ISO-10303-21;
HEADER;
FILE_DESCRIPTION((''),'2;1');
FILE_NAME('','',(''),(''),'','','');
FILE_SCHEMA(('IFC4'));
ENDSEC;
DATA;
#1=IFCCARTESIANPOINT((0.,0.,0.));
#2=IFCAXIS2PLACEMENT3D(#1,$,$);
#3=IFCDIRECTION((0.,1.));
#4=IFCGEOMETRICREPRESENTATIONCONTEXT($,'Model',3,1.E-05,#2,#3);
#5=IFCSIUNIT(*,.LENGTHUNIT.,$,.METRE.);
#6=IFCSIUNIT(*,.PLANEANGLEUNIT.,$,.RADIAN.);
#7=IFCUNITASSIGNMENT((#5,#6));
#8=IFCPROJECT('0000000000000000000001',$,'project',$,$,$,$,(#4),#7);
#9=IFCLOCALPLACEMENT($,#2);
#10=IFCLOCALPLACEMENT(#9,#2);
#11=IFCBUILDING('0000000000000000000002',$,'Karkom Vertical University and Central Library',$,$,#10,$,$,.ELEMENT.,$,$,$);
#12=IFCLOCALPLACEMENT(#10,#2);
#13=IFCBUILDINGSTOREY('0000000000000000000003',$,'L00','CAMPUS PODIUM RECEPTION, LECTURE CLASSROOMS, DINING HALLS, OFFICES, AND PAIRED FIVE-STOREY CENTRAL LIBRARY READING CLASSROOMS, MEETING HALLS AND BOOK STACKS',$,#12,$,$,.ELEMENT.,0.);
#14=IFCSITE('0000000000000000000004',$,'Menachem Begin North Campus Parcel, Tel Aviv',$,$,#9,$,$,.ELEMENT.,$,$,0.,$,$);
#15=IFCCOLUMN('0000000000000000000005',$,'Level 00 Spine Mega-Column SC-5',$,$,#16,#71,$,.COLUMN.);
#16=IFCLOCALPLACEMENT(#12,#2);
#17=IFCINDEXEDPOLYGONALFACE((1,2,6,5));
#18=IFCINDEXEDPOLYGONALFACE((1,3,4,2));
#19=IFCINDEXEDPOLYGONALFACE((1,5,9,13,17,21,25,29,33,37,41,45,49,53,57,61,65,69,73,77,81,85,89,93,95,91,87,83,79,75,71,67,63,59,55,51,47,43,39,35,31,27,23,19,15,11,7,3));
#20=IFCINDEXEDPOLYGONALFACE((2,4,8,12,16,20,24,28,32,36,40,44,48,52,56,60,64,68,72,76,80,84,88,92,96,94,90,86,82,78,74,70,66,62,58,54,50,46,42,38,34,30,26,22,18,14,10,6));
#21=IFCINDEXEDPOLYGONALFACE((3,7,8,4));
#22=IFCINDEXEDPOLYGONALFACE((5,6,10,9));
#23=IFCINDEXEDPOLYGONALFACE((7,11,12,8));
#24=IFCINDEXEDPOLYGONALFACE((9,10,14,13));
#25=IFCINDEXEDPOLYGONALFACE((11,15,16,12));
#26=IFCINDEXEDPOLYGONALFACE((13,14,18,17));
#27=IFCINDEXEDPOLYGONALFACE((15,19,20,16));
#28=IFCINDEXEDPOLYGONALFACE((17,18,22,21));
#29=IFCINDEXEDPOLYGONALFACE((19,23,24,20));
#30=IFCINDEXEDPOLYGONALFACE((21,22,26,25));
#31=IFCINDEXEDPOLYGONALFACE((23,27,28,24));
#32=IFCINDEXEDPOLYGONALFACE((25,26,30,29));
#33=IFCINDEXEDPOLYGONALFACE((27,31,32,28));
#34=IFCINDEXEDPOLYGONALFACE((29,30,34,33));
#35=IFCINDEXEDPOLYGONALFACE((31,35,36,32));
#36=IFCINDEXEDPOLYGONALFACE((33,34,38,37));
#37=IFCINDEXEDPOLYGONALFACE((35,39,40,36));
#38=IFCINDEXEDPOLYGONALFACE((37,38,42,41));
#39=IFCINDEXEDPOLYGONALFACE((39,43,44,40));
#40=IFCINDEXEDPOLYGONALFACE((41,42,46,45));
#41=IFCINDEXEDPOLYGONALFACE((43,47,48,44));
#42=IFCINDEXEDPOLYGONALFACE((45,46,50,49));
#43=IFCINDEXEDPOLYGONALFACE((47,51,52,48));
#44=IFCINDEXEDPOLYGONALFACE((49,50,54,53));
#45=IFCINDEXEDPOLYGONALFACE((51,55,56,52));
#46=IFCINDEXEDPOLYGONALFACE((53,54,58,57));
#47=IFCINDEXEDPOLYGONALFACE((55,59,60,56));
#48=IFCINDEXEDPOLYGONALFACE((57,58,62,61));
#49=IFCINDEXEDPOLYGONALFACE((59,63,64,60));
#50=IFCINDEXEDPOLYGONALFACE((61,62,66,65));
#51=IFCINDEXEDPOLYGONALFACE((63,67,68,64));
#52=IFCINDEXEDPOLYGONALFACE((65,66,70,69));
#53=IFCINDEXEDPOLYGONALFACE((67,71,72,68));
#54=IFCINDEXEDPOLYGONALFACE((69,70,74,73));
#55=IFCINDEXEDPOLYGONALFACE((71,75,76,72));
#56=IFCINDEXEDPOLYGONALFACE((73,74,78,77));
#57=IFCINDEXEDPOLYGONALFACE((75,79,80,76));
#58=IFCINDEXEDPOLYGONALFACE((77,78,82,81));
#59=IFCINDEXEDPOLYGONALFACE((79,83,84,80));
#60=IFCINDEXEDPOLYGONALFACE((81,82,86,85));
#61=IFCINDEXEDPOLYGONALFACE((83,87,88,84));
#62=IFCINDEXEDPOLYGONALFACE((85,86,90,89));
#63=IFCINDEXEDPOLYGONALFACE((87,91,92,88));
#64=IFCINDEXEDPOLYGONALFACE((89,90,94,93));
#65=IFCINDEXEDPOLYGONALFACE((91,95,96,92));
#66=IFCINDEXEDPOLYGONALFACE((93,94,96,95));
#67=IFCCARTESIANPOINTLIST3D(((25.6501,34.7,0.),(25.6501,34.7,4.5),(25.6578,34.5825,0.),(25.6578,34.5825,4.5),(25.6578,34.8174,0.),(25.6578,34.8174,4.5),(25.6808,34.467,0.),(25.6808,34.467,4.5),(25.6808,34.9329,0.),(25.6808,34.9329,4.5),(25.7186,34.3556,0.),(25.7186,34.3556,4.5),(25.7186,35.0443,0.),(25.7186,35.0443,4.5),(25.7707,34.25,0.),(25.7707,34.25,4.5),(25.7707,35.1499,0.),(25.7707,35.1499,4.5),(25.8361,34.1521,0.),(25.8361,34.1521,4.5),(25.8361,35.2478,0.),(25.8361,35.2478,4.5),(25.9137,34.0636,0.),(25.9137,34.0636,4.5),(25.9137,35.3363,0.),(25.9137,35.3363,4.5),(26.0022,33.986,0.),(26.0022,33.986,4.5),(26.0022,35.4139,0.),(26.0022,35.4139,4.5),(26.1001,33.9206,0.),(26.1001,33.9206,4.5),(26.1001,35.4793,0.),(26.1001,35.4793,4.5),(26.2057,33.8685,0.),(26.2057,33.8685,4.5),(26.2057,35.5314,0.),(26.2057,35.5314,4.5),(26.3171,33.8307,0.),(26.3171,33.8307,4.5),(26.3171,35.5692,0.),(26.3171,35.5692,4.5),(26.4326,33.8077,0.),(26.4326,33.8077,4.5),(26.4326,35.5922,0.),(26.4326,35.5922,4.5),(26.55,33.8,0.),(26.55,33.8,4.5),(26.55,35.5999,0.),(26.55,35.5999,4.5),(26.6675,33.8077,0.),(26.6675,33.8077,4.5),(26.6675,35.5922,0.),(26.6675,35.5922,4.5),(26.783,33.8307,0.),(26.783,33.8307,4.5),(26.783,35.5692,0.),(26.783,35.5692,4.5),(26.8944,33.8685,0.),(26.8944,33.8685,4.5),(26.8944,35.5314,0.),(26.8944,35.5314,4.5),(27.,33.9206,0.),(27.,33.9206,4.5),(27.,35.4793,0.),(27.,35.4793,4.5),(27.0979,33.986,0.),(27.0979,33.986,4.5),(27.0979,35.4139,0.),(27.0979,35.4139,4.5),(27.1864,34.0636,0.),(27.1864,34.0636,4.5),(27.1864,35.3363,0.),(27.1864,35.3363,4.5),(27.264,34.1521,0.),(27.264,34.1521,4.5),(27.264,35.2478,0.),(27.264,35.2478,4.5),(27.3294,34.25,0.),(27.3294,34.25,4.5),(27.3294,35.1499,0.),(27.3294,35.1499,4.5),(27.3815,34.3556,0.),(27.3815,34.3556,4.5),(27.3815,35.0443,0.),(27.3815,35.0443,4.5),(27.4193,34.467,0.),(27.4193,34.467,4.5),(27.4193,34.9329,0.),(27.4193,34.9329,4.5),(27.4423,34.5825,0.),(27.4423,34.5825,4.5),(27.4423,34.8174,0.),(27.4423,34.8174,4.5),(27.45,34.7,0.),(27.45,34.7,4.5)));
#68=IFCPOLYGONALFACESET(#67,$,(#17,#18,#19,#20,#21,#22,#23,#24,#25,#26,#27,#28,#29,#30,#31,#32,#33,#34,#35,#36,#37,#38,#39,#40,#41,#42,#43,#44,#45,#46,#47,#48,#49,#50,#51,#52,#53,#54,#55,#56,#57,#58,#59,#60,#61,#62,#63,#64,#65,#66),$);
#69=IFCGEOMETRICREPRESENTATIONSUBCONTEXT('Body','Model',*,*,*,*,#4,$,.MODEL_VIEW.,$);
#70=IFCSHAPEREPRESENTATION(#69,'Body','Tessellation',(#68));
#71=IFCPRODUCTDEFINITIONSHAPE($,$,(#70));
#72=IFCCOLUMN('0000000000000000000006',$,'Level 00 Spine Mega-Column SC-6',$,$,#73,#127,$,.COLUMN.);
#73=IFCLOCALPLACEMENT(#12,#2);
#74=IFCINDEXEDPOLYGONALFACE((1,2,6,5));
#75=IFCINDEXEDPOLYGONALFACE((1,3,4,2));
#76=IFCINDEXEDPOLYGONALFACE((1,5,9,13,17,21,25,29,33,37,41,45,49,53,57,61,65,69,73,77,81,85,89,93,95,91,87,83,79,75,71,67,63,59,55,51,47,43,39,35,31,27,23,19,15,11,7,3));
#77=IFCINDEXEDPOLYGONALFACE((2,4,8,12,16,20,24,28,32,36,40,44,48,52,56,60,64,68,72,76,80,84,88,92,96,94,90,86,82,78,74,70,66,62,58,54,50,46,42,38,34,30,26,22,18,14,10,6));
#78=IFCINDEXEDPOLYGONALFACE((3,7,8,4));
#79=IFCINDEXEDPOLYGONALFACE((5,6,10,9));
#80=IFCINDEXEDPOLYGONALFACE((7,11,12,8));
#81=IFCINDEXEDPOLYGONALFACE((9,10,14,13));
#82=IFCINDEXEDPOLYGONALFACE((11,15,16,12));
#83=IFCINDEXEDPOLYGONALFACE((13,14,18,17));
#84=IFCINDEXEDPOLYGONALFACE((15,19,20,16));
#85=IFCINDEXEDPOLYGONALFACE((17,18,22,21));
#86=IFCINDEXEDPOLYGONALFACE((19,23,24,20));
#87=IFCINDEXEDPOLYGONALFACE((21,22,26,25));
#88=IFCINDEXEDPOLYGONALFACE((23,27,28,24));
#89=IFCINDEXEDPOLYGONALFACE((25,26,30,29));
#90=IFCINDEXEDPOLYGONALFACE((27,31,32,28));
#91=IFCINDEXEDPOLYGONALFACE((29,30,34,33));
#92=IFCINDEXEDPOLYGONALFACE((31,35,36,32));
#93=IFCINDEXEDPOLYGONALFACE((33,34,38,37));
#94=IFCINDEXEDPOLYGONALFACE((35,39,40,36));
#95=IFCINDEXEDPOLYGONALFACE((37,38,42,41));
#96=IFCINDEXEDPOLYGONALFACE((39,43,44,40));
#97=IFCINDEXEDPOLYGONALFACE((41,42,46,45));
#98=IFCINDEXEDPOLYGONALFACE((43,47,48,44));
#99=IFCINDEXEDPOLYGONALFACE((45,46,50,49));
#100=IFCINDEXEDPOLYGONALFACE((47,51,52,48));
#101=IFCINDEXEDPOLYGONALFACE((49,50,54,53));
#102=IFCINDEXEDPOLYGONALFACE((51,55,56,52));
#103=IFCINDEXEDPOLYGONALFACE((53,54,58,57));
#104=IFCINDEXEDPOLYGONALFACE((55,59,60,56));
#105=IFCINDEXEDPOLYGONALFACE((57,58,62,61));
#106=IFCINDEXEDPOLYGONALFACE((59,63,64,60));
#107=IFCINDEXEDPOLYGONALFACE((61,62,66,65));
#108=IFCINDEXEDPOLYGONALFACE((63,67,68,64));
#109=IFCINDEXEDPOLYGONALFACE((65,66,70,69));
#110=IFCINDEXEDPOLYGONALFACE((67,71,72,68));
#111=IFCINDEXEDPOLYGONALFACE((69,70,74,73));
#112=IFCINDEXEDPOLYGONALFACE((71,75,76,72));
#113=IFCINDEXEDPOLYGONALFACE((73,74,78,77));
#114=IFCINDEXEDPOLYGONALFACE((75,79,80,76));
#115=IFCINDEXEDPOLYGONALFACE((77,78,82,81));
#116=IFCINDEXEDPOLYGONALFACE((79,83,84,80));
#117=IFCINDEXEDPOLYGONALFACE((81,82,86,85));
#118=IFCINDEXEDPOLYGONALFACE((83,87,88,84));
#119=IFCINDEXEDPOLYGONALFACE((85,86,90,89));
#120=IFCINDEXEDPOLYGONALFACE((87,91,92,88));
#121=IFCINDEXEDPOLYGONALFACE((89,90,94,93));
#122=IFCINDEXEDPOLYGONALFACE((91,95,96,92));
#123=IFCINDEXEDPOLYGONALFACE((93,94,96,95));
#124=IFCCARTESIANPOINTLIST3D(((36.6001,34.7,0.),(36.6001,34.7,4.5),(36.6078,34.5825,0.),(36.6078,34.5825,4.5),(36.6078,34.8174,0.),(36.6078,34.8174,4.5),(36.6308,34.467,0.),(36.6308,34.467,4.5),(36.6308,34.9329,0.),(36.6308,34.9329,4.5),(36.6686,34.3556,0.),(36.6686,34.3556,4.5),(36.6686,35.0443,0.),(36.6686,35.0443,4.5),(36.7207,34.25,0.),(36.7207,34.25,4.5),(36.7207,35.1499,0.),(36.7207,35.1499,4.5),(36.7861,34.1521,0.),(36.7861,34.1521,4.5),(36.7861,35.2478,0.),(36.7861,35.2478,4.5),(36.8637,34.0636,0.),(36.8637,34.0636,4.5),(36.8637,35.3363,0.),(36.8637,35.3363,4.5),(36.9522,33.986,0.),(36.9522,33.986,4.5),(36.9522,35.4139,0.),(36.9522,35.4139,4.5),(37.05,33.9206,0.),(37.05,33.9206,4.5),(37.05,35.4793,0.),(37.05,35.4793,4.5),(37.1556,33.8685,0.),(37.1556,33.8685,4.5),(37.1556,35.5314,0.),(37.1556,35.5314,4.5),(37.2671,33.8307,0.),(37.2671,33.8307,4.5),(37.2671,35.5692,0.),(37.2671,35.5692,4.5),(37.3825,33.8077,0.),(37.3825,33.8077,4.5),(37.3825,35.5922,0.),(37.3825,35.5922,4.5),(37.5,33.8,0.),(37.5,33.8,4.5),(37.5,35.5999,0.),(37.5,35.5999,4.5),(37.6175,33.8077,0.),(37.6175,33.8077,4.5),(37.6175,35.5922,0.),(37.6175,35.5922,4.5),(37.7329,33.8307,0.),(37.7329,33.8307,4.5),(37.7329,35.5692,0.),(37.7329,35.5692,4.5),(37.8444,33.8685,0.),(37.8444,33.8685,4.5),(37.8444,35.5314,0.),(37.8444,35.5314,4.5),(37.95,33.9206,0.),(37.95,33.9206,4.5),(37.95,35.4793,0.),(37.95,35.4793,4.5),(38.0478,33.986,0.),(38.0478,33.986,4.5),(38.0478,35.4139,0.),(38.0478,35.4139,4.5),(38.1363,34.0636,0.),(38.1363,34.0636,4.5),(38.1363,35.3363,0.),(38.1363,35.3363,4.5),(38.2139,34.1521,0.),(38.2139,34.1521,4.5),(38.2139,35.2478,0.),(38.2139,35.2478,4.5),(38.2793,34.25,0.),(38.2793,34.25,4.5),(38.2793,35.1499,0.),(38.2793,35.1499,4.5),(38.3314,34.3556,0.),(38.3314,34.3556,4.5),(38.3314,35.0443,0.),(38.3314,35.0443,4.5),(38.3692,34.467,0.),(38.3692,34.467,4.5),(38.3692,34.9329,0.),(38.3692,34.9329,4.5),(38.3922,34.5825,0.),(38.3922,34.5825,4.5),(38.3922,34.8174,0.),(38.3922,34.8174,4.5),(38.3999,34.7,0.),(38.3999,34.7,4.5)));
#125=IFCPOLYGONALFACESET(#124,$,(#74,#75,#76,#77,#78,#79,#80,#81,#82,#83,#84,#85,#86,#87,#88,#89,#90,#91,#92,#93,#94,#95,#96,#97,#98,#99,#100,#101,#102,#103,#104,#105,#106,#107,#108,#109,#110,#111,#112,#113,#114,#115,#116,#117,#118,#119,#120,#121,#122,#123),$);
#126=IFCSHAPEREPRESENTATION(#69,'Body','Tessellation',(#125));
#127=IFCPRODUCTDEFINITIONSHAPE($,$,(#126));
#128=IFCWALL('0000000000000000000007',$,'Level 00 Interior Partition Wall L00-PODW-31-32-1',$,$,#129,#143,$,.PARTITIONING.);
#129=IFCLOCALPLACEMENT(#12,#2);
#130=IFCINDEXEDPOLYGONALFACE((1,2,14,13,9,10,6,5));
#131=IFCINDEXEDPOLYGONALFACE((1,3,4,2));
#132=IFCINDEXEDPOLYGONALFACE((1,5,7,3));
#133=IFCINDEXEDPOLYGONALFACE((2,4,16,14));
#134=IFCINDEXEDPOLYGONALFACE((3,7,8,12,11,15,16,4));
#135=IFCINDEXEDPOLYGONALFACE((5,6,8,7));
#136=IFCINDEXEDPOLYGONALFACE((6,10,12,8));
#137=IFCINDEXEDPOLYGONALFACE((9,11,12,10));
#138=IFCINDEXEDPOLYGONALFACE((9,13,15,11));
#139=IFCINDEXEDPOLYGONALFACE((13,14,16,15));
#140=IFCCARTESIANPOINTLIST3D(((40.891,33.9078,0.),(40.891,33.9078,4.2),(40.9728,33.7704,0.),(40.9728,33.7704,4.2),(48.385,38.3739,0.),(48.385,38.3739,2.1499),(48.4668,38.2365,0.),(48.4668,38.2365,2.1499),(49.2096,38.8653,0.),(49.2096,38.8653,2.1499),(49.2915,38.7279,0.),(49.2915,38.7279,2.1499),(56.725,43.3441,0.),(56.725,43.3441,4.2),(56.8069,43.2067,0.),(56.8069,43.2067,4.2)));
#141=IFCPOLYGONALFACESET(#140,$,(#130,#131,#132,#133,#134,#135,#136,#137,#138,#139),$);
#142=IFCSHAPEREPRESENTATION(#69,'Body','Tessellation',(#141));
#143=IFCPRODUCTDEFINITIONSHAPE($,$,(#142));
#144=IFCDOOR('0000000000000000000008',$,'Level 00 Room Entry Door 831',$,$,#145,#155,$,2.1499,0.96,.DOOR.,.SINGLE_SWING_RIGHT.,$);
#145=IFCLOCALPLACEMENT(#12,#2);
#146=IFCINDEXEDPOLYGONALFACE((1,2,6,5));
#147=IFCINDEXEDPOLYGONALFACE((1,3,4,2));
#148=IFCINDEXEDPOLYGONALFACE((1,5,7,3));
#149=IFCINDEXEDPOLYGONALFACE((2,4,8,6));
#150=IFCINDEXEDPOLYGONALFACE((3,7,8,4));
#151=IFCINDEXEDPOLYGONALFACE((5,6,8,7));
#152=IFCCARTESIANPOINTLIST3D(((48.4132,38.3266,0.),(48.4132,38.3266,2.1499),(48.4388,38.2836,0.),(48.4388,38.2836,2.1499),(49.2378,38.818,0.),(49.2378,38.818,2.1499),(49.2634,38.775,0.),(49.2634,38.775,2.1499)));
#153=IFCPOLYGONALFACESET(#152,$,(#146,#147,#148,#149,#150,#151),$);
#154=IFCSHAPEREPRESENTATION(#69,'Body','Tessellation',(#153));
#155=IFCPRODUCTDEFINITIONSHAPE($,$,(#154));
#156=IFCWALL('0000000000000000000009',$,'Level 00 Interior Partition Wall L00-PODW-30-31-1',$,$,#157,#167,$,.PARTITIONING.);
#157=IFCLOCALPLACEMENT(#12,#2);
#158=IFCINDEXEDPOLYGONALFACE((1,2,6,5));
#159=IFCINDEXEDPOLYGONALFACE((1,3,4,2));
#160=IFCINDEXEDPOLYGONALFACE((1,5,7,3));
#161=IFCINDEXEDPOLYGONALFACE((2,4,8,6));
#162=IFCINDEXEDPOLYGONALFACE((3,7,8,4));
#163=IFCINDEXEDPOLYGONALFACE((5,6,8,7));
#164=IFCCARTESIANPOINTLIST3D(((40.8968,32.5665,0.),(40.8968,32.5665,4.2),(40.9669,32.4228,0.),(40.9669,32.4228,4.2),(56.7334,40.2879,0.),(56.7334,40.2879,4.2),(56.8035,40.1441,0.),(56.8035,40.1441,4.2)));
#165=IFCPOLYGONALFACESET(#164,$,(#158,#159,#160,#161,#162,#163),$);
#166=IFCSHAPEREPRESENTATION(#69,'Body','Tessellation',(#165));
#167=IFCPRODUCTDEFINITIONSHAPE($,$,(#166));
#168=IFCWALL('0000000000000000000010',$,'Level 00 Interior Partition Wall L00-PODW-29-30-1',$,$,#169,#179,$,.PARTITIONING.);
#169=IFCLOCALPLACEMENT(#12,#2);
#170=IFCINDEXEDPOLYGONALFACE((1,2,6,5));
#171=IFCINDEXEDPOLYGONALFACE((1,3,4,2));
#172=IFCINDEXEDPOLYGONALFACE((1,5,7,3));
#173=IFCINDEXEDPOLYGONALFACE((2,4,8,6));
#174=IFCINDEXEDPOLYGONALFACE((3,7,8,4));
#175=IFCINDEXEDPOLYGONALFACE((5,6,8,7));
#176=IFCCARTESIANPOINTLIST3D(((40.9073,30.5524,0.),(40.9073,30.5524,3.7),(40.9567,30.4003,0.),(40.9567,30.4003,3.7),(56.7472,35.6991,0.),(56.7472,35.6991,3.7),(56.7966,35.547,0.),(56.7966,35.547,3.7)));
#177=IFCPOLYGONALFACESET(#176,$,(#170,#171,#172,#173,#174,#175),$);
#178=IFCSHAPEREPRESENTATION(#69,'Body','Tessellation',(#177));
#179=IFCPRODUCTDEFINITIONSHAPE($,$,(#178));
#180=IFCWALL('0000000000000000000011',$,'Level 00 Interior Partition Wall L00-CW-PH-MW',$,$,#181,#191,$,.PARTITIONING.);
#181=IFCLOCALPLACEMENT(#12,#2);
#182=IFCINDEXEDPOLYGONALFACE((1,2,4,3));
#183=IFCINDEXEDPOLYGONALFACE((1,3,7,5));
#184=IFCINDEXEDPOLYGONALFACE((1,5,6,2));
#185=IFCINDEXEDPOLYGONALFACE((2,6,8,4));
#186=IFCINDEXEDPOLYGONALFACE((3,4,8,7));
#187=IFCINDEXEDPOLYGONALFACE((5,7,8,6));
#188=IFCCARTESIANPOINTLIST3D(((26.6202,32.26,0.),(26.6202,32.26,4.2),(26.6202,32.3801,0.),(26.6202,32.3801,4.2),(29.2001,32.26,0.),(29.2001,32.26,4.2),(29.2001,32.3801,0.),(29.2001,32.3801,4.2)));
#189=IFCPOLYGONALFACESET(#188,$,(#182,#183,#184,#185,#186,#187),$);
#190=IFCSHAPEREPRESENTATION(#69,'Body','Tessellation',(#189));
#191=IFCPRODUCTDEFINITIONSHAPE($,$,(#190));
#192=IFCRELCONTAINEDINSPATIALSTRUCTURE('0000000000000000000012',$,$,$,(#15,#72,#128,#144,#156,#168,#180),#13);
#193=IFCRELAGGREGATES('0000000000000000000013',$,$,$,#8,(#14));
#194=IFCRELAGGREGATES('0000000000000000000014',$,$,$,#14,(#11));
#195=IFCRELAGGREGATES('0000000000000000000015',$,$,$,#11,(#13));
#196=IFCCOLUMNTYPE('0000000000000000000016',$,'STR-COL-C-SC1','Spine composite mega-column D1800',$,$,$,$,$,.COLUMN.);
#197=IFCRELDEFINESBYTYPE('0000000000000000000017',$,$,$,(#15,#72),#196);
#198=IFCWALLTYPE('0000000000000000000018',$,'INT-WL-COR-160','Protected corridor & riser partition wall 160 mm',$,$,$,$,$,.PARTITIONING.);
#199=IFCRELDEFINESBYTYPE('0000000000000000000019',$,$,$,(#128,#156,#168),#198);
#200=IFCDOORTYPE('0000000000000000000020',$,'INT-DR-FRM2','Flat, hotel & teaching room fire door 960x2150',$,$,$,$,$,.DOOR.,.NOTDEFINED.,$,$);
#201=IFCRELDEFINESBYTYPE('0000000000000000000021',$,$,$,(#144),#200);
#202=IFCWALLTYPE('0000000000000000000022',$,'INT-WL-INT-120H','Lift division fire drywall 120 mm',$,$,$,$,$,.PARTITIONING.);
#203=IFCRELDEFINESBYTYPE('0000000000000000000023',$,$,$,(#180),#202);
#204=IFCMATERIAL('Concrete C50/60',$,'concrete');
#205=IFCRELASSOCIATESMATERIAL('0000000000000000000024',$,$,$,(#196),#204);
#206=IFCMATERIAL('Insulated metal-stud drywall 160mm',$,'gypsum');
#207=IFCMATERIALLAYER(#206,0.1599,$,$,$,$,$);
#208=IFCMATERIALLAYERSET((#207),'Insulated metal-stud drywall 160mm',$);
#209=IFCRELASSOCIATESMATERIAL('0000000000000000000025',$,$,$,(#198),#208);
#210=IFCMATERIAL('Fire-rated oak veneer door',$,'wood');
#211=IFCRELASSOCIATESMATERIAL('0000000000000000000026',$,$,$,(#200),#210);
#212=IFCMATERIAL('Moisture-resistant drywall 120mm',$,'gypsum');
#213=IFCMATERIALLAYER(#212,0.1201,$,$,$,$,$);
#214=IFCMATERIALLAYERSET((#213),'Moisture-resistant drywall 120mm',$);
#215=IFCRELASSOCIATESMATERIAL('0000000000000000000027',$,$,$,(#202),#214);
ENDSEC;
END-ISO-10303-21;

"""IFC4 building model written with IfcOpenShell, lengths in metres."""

from ifc_helpers import new_model, si_unit, direction, frame, frame_2d, origin, origin_with_axes, origin_2d, place, context, subcontext, project, spatial, rectangle, circle, extrude, source, transform, mapped, material, layer, layer_set, material_profile, profile_set, type_object, element, fill, save


model = new_model("IFC4")

# Units and contexts
model_context = context("Model", 3, precision=1e-05, world=origin(), true_north=direction((0.0, 1.0)))
body_context = subcontext(model_context, "Body", "Model", "MODEL_VIEW")
ifc_project = project(units=[si_unit("LENGTHUNIT", "METRE"), si_unit("PLANEANGLEUNIT", "RADIAN")], contexts=[model_context])

# Site, building, storey
site_placement = place(None, origin())
site = spatial("IfcSite", under=ifc_project, at=site_placement, Name="Menachem Begin North Campus Parcel, Tel Aviv", CompositionType="ELEMENT", RefElevation=0.0)
building_placement = place(site_placement, origin())
building = spatial("IfcBuilding", under=site, at=building_placement, Name="Karkom Vertical University and Central Library", CompositionType="ELEMENT")
storey_placement = place(building_placement, origin())
storey = spatial("IfcBuildingStorey", under=building, at=storey_placement, Name="L00", Description="CAMPUS PODIUM RECEPTION, LECTURE CLASSROOMS, DINING HALLS, OFFICES, AND PAIRED FIVE-STOREY CENTRAL LIBRARY READING CLASSROOMS, MEETING HALLS AND BOOK STACKS", CompositionType="ELEMENT", Elevation=0.0)

# Columns
ifc_material_1 = material(Name="Concrete C50/60", Category="concrete")
ifc_material_profile = material_profile(ifc_material_1, circle(Radius=0.8999, at=origin_2d()), Name="CFT-D1800")
ifc_profile_set = profile_set([ifc_material_profile], Name="Concrete C50/60")
column_type = type_object("IfcColumnType", Name="STR-COL-C-SC1", Description="Spine composite mega-column D1800", PredefinedType="COLUMN", material=ifc_profile_set)
shared_shape_1 = source(origin_with_axes(), body_context, "Body", "SweptSolid", [
    extrude(circle(Radius=0.8999, at=origin_2d()), origin(), (0.0, 0.0, 1.0), 4.5),
])
for number, where, z_axis, x_axis, name in (
    (1, (26.55, 34.7, 0.0), (0.0, 0.0, 1.0), (1.0, 0.0, 0.0), "Level 00 Spine Mega-Column SC-5"),
    (2, (37.5, 34.7, 0.0), (0.0, 0.0, 1.0), (1.0, 0.0, 0.0), "Level 00 Spine Mega-Column SC-6"),
):
    element("IfcColumn", number, at=place(storey_placement, frame(where, z_axis=z_axis, x_axis=x_axis)), inside=storey, type_object=column_type, Name=name, PredefinedType="COLUMN", context=body_context, shape_type="MappedRepresentation", body=[
        mapped(shared_shape_1, transform((0.0, 0.0, 0.0), scale=1.0)),
    ])

# Wall, opening, door
ifc_material_2 = material(Name="Insulated metal-stud drywall 160mm", Category="gypsum")
ifc_layer_1 = layer(ifc_material_2, 0.1599)
ifc_layer_set_1 = layer_set([ifc_layer_1], Name="Insulated metal-stud drywall 160mm")
wall_type_1 = type_object("IfcWallType", Name="INT-WL-COR-160", Description="Protected corridor & riser partition wall 160 mm", PredefinedType="PARTITIONING", material=ifc_layer_set_1)
wall_1_placement = place(storey_placement, frame((40.9319, 33.8391, 0.0), z_axis=(0.0, 0.0, 1.0), x_axis=(0.859024, 0.511936, 0.0)))
wall_1 = element("IfcWall", 3, at=wall_1_placement, inside=storey, type_object=wall_type_1, Name="Level 00 Interior Partition Wall L00-PODW-31-32-1", PredefinedType="PARTITIONING", context=body_context, shape_type="SweptSolid", body=[
    extrude(rectangle(XDim=18.4326, YDim=0.1599, at=frame_2d((9.2163, 0.0))), origin(), (0.0, 0.0, 1.0), 4.2),
])
opening_1_placement = place(wall_1_placement, frame((8.7239, 0.0, 0.0)))
opening_1 = element("IfcOpeningElement", 4, at=opening_1_placement, cuts=wall_1, PredefinedType="OPENING", context=body_context, shape_type="SweptSolid", body=[
    extrude(rectangle(XDim=0.96, YDim=2.1499, at=frame_2d((0.48, 1.075))), frame((0.0, 0.0898, 0.0), z_axis=(0.0, -1.0, 0.0), x_axis=(1.0, 0.0, 0.0)), (0.0, 0.0, 1.0), 0.1799),
])
ifc_material_3 = material(Name="Fire-rated oak veneer door", Category="wood")
door_type_1 = type_object("IfcDoorType", Name="INT-DR-FRM2", Description="Flat, hotel & teaching room fire door 960x2150", OperationType="NOTDEFINED", PredefinedType="DOOR", material=ifc_material_3)
shared_shape_2 = source(origin_with_axes(), body_context, "Body", "SweptSolid", [
    extrude(rectangle(XDim=0.96, YDim=2.1499, at=frame_2d((0.48, 1.075))), frame((0.0, 0.0249, 0.0), z_axis=(0.0, -1.0, 0.0), x_axis=(1.0, 0.0, 0.0)), (0.0, 0.0, 1.0), 0.05),
])
door_1_placement = place(opening_1_placement, origin())
door_1 = element("IfcDoor", 5, at=door_1_placement, inside=storey, type_object=door_type_1, Name="Level 00 Room Entry Door 831", OperationType="SINGLE_SWING_RIGHT", OverallHeight=2.1499, OverallWidth=0.96, PredefinedType="DOOR", context=body_context, shape_type="MappedRepresentation", body=[
    mapped(shared_shape_2, transform((0.0, 0.0, 0.0), scale=1.0)),
])
fill(opening_1, door_1)

# Walls
wall_2_placement = place(storey_placement, frame((40.9319, 32.4946, 0.0), z_axis=(0.0, 0.0, 1.0), x_axis=(0.898853, 0.438251, 0.0)))
element("IfcWall", 6, at=wall_2_placement, inside=storey, type_object=wall_type_1, Name="Level 00 Interior Partition Wall L00-PODW-30-31-1", PredefinedType="PARTITIONING", context=body_context, shape_type="SweptSolid", body=[
    extrude(rectangle(XDim=17.6187, YDim=0.1599, at=frame_2d((8.8093, 0.0))), origin(), (0.0, 0.0, 1.0), 4.2),
])
wall_3_placement = place(storey_placement, frame((40.9319, 30.4763, 0.0), z_axis=(0.0, 0.0, 1.0), x_axis=(0.951056, 0.30902, 0.0)))
element("IfcWall", 7, at=wall_3_placement, inside=storey, type_object=wall_type_1, Name="Level 00 Interior Partition Wall L00-PODW-29-30-1", PredefinedType="PARTITIONING", context=body_context, shape_type="SweptSolid", body=[
    extrude(rectangle(XDim=16.655, YDim=0.1599, at=frame_2d((8.3276, 0.0))), origin(), (0.0, 0.0, 1.0), 3.7),
])
ifc_material_4 = material(Name="Moisture-resistant drywall 120mm", Category="gypsum")
ifc_layer_2 = layer(ifc_material_4, 0.1201)
ifc_layer_set_2 = layer_set([ifc_layer_2], Name="Moisture-resistant drywall 120mm")
wall_type_2 = type_object("IfcWallType", Name="INT-WL-INT-120H", Description="Lift division fire drywall 120 mm", PredefinedType="PARTITIONING", material=ifc_layer_set_2)
wall_4_placement = place(storey_placement, frame((26.6201, 32.3201, 0.0), z_axis=(0.0, 0.0, 1.0), x_axis=(1.0, 0.0, 0.0)))
element("IfcWall", 8, at=wall_4_placement, inside=storey, type_object=wall_type_2, Name="Level 00 Interior Partition Wall L00-CW-PH-MW", PredefinedType="PARTITIONING", context=body_context, shape_type="SweptSolid", body=[
    extrude(rectangle(XDim=2.5798, YDim=0.1201, at=frame_2d((1.29, 0.0))), origin(), (0.0, 0.0, 1.0), 4.2),
])

save(model, "model.ifc")
